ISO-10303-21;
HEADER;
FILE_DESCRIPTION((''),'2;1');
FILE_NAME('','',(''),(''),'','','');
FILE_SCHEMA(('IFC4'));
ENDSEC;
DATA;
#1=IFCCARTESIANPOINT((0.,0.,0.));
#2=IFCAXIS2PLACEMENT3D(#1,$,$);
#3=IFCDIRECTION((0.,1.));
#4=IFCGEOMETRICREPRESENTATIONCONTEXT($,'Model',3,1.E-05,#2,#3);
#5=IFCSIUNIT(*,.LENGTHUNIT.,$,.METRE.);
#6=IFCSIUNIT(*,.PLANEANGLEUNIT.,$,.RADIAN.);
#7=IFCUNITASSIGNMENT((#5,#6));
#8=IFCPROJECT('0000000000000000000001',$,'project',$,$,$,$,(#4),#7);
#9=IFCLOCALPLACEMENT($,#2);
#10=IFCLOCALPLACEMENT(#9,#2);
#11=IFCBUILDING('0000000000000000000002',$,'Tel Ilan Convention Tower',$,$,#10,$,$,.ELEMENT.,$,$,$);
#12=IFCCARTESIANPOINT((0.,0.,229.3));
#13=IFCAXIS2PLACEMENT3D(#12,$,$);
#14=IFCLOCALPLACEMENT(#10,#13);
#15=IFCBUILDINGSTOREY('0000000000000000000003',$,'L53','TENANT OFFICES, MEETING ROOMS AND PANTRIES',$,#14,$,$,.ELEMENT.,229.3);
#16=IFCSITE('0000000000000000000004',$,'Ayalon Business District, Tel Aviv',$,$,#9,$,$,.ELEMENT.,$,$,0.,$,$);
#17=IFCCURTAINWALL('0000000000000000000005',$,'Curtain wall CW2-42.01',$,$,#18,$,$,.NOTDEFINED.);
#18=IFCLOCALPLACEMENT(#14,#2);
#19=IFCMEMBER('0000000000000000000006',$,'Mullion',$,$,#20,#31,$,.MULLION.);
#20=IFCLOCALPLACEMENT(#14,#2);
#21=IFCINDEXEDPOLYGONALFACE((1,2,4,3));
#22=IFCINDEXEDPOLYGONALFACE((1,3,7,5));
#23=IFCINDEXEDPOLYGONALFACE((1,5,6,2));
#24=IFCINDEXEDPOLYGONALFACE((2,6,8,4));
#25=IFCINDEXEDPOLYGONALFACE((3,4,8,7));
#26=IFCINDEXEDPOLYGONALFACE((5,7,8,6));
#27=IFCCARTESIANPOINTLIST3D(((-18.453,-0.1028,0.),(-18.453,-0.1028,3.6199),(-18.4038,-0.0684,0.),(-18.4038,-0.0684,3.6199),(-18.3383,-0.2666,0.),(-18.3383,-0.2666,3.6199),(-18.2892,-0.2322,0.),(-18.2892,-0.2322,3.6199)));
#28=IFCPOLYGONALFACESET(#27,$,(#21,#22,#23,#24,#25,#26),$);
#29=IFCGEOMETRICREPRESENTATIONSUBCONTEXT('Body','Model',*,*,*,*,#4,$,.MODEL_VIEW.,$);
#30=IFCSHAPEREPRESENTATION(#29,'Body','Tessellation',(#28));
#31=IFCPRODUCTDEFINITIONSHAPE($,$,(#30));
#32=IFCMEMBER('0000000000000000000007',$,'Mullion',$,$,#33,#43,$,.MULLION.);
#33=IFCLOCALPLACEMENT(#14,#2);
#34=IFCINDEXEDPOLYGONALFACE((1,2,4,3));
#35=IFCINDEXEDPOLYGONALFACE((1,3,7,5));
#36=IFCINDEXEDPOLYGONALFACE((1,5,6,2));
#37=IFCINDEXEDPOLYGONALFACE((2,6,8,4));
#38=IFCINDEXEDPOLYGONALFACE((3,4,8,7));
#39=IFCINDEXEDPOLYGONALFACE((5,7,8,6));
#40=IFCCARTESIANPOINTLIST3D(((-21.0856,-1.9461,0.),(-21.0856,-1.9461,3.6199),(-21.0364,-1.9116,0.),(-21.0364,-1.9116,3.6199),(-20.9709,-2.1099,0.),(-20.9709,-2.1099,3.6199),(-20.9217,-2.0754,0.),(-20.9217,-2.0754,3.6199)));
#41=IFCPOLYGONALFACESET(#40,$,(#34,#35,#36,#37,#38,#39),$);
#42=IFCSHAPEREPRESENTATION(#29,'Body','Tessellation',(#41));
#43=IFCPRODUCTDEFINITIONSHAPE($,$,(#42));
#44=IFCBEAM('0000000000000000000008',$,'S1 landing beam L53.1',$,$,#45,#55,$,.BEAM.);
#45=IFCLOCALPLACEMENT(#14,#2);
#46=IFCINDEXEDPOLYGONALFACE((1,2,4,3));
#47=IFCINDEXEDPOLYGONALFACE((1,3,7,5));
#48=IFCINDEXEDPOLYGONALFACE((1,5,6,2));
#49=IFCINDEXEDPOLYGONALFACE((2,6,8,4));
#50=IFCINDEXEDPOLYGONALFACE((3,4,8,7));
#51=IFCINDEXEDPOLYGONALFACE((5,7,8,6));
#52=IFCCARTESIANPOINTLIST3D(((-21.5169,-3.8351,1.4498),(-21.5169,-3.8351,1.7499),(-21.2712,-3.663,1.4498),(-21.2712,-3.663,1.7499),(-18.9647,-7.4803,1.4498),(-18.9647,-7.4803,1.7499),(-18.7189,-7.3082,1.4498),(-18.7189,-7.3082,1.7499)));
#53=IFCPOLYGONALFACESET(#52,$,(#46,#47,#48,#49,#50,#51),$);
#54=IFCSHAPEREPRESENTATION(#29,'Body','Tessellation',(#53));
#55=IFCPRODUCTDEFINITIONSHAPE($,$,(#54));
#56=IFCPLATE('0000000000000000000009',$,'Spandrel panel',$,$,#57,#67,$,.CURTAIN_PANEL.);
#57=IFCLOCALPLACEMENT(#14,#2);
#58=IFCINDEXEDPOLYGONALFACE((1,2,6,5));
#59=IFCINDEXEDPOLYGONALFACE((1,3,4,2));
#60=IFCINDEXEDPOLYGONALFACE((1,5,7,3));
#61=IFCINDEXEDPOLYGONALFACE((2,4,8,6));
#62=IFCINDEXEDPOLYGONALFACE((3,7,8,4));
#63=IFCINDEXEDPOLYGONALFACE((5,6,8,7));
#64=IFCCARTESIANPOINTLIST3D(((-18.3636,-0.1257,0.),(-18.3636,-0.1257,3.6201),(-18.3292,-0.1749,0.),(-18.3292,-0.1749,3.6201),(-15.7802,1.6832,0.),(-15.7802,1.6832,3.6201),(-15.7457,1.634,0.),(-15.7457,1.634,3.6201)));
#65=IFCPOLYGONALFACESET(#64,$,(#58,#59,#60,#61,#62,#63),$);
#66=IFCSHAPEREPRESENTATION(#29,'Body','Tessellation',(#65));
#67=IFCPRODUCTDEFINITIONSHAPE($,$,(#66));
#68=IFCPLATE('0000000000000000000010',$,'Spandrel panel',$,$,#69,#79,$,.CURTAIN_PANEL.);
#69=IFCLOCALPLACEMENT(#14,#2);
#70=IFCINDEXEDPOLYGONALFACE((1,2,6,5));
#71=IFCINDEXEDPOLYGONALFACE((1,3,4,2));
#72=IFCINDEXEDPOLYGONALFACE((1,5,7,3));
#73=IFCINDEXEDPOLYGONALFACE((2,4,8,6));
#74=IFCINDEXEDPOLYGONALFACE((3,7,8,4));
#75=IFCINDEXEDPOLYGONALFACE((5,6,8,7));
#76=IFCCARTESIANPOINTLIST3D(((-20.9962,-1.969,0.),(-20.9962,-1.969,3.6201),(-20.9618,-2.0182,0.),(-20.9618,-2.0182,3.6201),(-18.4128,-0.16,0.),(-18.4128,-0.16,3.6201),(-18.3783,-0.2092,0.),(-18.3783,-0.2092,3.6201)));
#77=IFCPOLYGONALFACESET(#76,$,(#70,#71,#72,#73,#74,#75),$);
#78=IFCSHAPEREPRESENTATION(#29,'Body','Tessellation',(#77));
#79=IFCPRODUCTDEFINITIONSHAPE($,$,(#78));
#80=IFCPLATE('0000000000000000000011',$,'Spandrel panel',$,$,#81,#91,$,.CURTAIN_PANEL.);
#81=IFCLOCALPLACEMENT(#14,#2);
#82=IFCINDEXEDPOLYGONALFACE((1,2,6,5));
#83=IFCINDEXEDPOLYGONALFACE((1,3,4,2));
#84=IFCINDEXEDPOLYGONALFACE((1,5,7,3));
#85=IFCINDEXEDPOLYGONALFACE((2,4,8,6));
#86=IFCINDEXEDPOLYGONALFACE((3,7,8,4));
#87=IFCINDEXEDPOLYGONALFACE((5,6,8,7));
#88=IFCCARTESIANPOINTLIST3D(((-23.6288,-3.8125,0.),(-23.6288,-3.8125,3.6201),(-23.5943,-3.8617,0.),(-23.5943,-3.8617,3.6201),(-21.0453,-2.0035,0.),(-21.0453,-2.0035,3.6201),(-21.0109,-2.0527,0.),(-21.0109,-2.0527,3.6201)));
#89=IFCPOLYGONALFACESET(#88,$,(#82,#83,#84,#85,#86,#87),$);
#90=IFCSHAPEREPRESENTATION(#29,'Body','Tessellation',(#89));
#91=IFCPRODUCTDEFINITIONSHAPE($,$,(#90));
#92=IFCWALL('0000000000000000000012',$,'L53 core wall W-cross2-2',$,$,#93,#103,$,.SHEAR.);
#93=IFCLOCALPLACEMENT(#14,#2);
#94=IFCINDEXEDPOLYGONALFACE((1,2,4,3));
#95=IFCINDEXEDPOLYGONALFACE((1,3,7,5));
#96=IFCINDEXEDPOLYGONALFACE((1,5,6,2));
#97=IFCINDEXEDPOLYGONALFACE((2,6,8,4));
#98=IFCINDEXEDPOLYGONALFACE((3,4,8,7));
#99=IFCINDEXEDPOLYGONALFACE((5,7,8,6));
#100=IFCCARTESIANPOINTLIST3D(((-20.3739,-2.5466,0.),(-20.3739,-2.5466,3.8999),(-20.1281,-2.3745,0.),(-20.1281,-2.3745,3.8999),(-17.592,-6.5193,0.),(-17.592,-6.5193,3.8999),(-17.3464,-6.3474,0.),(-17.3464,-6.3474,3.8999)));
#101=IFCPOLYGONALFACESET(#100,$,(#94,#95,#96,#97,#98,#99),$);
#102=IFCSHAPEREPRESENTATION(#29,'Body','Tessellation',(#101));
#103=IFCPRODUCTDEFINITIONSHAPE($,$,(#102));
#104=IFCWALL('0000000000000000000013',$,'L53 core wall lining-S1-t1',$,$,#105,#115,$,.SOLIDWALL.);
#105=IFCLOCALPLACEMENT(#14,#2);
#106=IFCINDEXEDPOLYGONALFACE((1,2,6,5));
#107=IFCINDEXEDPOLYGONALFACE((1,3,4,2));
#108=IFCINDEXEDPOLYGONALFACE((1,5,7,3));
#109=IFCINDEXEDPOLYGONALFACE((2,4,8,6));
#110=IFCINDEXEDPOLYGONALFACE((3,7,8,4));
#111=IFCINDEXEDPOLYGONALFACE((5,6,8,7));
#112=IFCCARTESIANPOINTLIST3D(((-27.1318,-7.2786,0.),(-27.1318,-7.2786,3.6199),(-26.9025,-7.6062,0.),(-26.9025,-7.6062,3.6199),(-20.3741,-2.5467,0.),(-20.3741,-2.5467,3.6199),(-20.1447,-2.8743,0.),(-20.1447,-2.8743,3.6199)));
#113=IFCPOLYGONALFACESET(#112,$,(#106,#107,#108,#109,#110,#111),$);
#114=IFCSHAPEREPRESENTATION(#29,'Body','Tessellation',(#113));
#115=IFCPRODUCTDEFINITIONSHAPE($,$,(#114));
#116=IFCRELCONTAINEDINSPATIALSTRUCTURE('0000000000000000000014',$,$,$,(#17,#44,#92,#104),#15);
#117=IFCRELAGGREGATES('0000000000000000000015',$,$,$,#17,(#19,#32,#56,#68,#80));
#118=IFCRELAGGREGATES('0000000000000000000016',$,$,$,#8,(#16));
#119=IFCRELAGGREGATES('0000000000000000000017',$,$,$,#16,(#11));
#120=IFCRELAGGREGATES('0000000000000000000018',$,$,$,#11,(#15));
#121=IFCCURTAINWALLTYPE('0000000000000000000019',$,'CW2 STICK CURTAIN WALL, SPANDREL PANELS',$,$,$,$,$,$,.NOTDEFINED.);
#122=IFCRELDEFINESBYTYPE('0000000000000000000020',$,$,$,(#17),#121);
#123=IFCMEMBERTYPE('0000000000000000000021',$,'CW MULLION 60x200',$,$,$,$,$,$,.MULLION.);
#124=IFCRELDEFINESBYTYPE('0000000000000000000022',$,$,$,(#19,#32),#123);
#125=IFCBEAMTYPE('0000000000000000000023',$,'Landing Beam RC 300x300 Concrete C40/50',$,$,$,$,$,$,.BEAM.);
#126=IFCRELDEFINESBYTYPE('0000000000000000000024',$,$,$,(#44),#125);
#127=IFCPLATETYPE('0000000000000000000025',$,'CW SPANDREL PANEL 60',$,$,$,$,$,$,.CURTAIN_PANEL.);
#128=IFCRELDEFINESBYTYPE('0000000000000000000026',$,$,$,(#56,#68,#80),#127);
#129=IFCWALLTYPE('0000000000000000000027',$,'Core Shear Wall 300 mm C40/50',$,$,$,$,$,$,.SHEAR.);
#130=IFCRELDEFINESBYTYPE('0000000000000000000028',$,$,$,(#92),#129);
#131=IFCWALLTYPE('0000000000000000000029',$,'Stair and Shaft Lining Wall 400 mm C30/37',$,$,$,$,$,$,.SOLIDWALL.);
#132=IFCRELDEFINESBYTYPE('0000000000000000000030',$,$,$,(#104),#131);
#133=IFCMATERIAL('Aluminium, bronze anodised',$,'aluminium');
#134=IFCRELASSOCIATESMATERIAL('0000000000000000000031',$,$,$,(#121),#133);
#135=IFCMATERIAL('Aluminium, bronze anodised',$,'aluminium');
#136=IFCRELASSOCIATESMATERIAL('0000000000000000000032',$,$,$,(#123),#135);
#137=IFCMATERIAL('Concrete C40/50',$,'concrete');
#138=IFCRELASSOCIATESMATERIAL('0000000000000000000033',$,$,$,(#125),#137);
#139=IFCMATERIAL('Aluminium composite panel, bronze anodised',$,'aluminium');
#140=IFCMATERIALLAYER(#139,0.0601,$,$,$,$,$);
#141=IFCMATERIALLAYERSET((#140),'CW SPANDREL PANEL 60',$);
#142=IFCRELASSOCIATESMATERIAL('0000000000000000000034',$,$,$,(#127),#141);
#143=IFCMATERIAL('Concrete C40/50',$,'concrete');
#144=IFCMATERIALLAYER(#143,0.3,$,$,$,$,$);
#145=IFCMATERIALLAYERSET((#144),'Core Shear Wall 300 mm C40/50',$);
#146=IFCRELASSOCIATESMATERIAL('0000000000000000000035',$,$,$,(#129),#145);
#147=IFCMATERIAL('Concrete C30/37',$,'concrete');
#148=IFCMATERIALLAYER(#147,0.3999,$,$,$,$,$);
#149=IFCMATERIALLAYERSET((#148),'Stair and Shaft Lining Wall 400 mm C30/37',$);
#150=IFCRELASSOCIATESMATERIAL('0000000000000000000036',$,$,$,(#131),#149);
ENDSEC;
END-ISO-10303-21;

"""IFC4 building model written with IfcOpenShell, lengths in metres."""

from ifc_helpers import new_model, si_unit, direction, frame, frame_2d, origin, origin_2d, place, context, subcontext, project, spatial, polyline, rectangle, outline, extrude, material, layer, layer_set, material_profile, profile_set, type_object, element, aggregate, save


model = new_model("IFC4")

# Units and contexts
model_context = context("Model", 3, precision=1e-05, world=origin(), true_north=direction((0.0, 1.0)))
body_context = subcontext(model_context, "Body", "Model", "MODEL_VIEW")
ifc_project = project(units=[si_unit("LENGTHUNIT", "METRE"), si_unit("PLANEANGLEUNIT", "RADIAN")], contexts=[model_context])

# Site, building, storey
site_placement = place(None, origin())
site = spatial("IfcSite", under=ifc_project, at=site_placement, Name="Ayalon Business District, Tel Aviv", CompositionType="ELEMENT", RefElevation=0.0)
building_placement = place(site_placement, origin())
building = spatial("IfcBuilding", under=site, at=building_placement, Name="Tel Ilan Convention Tower", CompositionType="ELEMENT")
storey_placement = place(building_placement, frame((0.0, 0.0, 229.3)))
storey = spatial("IfcBuildingStorey", under=building, at=storey_placement, Name="L53", Description="TENANT OFFICES, MEETING ROOMS AND PANTRIES", CompositionType="ELEMENT", Elevation=229.3)

# Curtain wall, members
ifc_material_1 = material(Name="Aluminium, bronze anodised", Category="aluminium")
curtain_wall_type = type_object("IfcCurtainWallType", Name="CW2 STICK CURTAIN WALL, SPANDREL PANELS", PredefinedType="NOTDEFINED", material=ifc_material_1)
curtain_wall_placement = place(storey_placement, origin())
curtain_wall = element("IfcCurtainWall", 1, at=curtain_wall_placement, inside=storey, type_object=curtain_wall_type, Name="Curtain wall CW2-42.01", PredefinedType="NOTDEFINED")
ifc_material_2 = material(Name="Aluminium, bronze anodised", Category="aluminium")
ifc_material_profile_1 = material_profile(ifc_material_2, rectangle(XDim=0.0601, YDim=0.2, at=origin_2d()), Name="CW MULLION 60x200")
ifc_profile_set_1 = profile_set([ifc_material_profile_1], Name="Aluminium, bronze anodised")
member_type = type_object("IfcMemberType", Name="CW MULLION 60x200", PredefinedType="MULLION", material=ifc_profile_set_1)
member_1_placement = place(storey_placement, frame((-18.3711, -0.1675, 0.0), z_axis=(0.0, 0.0, 1.0), x_axis=(-0.819152, -0.573576, 0.0)))
member_1 = element("IfcMember", 2, at=member_1_placement, type_object=member_type, Name="Mullion", PredefinedType="MULLION", context=body_context, shape_type="SweptSolid", body=[
    extrude(rectangle(XDim=0.0601, YDim=0.2, at=origin_2d()), origin(), (0.0, 0.0, 1.0), 3.6199),
])
member_2_placement = place(storey_placement, frame((-21.0037, -2.0107, 0.0), z_axis=(0.0, 0.0, 1.0), x_axis=(-0.819152, -0.573576, 0.0)))
member_2 = element("IfcMember", 3, at=member_2_placement, type_object=member_type, Name="Mullion", PredefinedType="MULLION", context=body_context, shape_type="SweptSolid", body=[
    extrude(rectangle(XDim=0.0601, YDim=0.2, at=origin_2d()), origin(), (0.0, 0.0, 1.0), 3.6199),
])

# Beam
ifc_material_3 = material(Name="Concrete C40/50", Category="concrete")
ifc_material_profile_2 = material_profile(ifc_material_3, rectangle(XDim=0.3, YDim=0.3, at=origin_2d()), Name="RC 300x300")
ifc_profile_set_2 = profile_set([ifc_material_profile_2], Name="Concrete C40/50")
beam_type = type_object("IfcBeamType", Name="Landing Beam RC 300x300 Concrete C40/50", PredefinedType="BEAM", material=ifc_profile_set_2)
beam_placement = place(storey_placement, frame((-18.8418, -7.3943, 1.5999), z_axis=(-0.573547, 0.819173, 0.0), x_axis=(-0.819173, -0.573547, 0.0)))
element("IfcBeam", 4, at=beam_placement, inside=storey, type_object=beam_type, Name="S1 landing beam L53.1", PredefinedType="BEAM", context=body_context, shape_type="SweptSolid", body=[
    extrude(rectangle(XDim=0.3, YDim=0.3, at=origin_2d()), origin(), (0.0, 0.0, 1.0), 4.45),
])

# Plates
ifc_material_4 = material(Name="Aluminium composite panel, bronze anodised", Category="aluminium")
ifc_layer_1 = layer(ifc_material_4, 0.0601)
ifc_layer_set_1 = layer_set([ifc_layer_1], Name="CW SPANDREL PANEL 60")
plate_type = type_object("IfcPlateType", Name="CW SPANDREL PANEL 60", PredefinedType="CURTAIN_PANEL", material=ifc_layer_set_1)
plate_1_placement = place(storey_placement, frame((-17.0547, 0.7542, 0.0), z_axis=(0.0, 0.0, 1.0), x_axis=(-0.819152, -0.573576, 0.0)))
plate_1 = element("IfcPlate", 5, at=plate_1_placement, type_object=plate_type, Name="Spandrel panel", PredefinedType="CURTAIN_PANEL", context=body_context, shape_type="SweptSolid", body=[
    extrude(rectangle(XDim=3.1538, YDim=0.0601, at=origin_2d()), origin(), (0.0, 0.0, 1.0), 3.6201),
])
plate_2_placement = place(storey_placement, frame((-19.6873, -1.0891, 0.0), z_axis=(0.0, 0.0, 1.0), x_axis=(-0.819152, -0.573576, 0.0)))
plate_2 = element("IfcPlate", 6, at=plate_2_placement, type_object=plate_type, Name="Spandrel panel", PredefinedType="CURTAIN_PANEL", context=body_context, shape_type="SweptSolid", body=[
    extrude(rectangle(XDim=3.1538, YDim=0.0601, at=origin_2d()), origin(), (0.0, 0.0, 1.0), 3.6201),
])
plate_3_placement = place(storey_placement, frame((-22.3198, -2.9326, 0.0), z_axis=(0.0, 0.0, 1.0), x_axis=(-0.819152, -0.573576, 0.0)))
plate_3 = element("IfcPlate", 7, at=plate_3_placement, type_object=plate_type, Name="Spandrel panel", PredefinedType="CURTAIN_PANEL", context=body_context, shape_type="SweptSolid", body=[
    extrude(rectangle(XDim=3.1538, YDim=0.0601, at=origin_2d()), origin(), (0.0, 0.0, 1.0), 3.6201),
])
aggregate(curtain_wall, [member_1, member_2, plate_1, plate_2, plate_3])

# Walls
ifc_material_5 = material(Name="Concrete C40/50", Category="concrete")
ifc_layer_2 = layer(ifc_material_5, 0.3)
ifc_layer_set_2 = layer_set([ifc_layer_2], Name="Core Shear Wall 300 mm C40/50")
wall_type_1 = type_object("IfcWallType", Name="Core Shear Wall 300 mm C40/50", PredefinedType="SHEAR", material=ifc_layer_set_2)
wall_1_placement = place(storey_placement, frame((-17.4692, -6.4333, 0.0), z_axis=(0.0, 0.0, 1.0), x_axis=(-0.573594, 0.81914, 0.0)))
element("IfcWall", 8, at=wall_1_placement, inside=storey, type_object=wall_type_1, Name="L53 core wall W-cross2-2", PredefinedType="SHEAR", context=body_context, shape_type="SweptSolid", body=[
    extrude(outline(polyline([(4.8499, -0.1501), (4.8499, 0.1499), (0.0, 0.1499), (0.0, -0.1499), (4.8499, -0.1501)])), origin(), (0.0, 0.0, 1.0), 3.8999),
])
ifc_material_6 = material(Name="Concrete C30/37", Category="concrete")
ifc_layer_3 = layer(ifc_material_6, 0.3999)
ifc_layer_set_3 = layer_set([ifc_layer_3], Name="Stair and Shaft Lining Wall 400 mm C30/37")
wall_type_2 = type_object("IfcWallType", Name="Stair and Shaft Lining Wall 400 mm C30/37", PredefinedType="SOLIDWALL", material=ifc_layer_set_3)
wall_2_placement = place(storey_placement, frame((-20.2593, -2.7104, 0.0), z_axis=(0.0, 0.0, 1.0), x_axis=(-0.819148, -0.573582, 0.0)))
element("IfcWall", 9, at=wall_2_placement, inside=storey, type_object=wall_type_2, Name="L53 core wall lining-S1-t1", PredefinedType="SOLIDWALL", context=body_context, shape_type="SweptSolid", body=[
    extrude(rectangle(XDim=8.2498, YDim=0.3999, at=frame_2d((4.125, 0.0))), origin(), (0.0, 0.0, 1.0), 3.6199),
])

save(model, "model.ifc")
